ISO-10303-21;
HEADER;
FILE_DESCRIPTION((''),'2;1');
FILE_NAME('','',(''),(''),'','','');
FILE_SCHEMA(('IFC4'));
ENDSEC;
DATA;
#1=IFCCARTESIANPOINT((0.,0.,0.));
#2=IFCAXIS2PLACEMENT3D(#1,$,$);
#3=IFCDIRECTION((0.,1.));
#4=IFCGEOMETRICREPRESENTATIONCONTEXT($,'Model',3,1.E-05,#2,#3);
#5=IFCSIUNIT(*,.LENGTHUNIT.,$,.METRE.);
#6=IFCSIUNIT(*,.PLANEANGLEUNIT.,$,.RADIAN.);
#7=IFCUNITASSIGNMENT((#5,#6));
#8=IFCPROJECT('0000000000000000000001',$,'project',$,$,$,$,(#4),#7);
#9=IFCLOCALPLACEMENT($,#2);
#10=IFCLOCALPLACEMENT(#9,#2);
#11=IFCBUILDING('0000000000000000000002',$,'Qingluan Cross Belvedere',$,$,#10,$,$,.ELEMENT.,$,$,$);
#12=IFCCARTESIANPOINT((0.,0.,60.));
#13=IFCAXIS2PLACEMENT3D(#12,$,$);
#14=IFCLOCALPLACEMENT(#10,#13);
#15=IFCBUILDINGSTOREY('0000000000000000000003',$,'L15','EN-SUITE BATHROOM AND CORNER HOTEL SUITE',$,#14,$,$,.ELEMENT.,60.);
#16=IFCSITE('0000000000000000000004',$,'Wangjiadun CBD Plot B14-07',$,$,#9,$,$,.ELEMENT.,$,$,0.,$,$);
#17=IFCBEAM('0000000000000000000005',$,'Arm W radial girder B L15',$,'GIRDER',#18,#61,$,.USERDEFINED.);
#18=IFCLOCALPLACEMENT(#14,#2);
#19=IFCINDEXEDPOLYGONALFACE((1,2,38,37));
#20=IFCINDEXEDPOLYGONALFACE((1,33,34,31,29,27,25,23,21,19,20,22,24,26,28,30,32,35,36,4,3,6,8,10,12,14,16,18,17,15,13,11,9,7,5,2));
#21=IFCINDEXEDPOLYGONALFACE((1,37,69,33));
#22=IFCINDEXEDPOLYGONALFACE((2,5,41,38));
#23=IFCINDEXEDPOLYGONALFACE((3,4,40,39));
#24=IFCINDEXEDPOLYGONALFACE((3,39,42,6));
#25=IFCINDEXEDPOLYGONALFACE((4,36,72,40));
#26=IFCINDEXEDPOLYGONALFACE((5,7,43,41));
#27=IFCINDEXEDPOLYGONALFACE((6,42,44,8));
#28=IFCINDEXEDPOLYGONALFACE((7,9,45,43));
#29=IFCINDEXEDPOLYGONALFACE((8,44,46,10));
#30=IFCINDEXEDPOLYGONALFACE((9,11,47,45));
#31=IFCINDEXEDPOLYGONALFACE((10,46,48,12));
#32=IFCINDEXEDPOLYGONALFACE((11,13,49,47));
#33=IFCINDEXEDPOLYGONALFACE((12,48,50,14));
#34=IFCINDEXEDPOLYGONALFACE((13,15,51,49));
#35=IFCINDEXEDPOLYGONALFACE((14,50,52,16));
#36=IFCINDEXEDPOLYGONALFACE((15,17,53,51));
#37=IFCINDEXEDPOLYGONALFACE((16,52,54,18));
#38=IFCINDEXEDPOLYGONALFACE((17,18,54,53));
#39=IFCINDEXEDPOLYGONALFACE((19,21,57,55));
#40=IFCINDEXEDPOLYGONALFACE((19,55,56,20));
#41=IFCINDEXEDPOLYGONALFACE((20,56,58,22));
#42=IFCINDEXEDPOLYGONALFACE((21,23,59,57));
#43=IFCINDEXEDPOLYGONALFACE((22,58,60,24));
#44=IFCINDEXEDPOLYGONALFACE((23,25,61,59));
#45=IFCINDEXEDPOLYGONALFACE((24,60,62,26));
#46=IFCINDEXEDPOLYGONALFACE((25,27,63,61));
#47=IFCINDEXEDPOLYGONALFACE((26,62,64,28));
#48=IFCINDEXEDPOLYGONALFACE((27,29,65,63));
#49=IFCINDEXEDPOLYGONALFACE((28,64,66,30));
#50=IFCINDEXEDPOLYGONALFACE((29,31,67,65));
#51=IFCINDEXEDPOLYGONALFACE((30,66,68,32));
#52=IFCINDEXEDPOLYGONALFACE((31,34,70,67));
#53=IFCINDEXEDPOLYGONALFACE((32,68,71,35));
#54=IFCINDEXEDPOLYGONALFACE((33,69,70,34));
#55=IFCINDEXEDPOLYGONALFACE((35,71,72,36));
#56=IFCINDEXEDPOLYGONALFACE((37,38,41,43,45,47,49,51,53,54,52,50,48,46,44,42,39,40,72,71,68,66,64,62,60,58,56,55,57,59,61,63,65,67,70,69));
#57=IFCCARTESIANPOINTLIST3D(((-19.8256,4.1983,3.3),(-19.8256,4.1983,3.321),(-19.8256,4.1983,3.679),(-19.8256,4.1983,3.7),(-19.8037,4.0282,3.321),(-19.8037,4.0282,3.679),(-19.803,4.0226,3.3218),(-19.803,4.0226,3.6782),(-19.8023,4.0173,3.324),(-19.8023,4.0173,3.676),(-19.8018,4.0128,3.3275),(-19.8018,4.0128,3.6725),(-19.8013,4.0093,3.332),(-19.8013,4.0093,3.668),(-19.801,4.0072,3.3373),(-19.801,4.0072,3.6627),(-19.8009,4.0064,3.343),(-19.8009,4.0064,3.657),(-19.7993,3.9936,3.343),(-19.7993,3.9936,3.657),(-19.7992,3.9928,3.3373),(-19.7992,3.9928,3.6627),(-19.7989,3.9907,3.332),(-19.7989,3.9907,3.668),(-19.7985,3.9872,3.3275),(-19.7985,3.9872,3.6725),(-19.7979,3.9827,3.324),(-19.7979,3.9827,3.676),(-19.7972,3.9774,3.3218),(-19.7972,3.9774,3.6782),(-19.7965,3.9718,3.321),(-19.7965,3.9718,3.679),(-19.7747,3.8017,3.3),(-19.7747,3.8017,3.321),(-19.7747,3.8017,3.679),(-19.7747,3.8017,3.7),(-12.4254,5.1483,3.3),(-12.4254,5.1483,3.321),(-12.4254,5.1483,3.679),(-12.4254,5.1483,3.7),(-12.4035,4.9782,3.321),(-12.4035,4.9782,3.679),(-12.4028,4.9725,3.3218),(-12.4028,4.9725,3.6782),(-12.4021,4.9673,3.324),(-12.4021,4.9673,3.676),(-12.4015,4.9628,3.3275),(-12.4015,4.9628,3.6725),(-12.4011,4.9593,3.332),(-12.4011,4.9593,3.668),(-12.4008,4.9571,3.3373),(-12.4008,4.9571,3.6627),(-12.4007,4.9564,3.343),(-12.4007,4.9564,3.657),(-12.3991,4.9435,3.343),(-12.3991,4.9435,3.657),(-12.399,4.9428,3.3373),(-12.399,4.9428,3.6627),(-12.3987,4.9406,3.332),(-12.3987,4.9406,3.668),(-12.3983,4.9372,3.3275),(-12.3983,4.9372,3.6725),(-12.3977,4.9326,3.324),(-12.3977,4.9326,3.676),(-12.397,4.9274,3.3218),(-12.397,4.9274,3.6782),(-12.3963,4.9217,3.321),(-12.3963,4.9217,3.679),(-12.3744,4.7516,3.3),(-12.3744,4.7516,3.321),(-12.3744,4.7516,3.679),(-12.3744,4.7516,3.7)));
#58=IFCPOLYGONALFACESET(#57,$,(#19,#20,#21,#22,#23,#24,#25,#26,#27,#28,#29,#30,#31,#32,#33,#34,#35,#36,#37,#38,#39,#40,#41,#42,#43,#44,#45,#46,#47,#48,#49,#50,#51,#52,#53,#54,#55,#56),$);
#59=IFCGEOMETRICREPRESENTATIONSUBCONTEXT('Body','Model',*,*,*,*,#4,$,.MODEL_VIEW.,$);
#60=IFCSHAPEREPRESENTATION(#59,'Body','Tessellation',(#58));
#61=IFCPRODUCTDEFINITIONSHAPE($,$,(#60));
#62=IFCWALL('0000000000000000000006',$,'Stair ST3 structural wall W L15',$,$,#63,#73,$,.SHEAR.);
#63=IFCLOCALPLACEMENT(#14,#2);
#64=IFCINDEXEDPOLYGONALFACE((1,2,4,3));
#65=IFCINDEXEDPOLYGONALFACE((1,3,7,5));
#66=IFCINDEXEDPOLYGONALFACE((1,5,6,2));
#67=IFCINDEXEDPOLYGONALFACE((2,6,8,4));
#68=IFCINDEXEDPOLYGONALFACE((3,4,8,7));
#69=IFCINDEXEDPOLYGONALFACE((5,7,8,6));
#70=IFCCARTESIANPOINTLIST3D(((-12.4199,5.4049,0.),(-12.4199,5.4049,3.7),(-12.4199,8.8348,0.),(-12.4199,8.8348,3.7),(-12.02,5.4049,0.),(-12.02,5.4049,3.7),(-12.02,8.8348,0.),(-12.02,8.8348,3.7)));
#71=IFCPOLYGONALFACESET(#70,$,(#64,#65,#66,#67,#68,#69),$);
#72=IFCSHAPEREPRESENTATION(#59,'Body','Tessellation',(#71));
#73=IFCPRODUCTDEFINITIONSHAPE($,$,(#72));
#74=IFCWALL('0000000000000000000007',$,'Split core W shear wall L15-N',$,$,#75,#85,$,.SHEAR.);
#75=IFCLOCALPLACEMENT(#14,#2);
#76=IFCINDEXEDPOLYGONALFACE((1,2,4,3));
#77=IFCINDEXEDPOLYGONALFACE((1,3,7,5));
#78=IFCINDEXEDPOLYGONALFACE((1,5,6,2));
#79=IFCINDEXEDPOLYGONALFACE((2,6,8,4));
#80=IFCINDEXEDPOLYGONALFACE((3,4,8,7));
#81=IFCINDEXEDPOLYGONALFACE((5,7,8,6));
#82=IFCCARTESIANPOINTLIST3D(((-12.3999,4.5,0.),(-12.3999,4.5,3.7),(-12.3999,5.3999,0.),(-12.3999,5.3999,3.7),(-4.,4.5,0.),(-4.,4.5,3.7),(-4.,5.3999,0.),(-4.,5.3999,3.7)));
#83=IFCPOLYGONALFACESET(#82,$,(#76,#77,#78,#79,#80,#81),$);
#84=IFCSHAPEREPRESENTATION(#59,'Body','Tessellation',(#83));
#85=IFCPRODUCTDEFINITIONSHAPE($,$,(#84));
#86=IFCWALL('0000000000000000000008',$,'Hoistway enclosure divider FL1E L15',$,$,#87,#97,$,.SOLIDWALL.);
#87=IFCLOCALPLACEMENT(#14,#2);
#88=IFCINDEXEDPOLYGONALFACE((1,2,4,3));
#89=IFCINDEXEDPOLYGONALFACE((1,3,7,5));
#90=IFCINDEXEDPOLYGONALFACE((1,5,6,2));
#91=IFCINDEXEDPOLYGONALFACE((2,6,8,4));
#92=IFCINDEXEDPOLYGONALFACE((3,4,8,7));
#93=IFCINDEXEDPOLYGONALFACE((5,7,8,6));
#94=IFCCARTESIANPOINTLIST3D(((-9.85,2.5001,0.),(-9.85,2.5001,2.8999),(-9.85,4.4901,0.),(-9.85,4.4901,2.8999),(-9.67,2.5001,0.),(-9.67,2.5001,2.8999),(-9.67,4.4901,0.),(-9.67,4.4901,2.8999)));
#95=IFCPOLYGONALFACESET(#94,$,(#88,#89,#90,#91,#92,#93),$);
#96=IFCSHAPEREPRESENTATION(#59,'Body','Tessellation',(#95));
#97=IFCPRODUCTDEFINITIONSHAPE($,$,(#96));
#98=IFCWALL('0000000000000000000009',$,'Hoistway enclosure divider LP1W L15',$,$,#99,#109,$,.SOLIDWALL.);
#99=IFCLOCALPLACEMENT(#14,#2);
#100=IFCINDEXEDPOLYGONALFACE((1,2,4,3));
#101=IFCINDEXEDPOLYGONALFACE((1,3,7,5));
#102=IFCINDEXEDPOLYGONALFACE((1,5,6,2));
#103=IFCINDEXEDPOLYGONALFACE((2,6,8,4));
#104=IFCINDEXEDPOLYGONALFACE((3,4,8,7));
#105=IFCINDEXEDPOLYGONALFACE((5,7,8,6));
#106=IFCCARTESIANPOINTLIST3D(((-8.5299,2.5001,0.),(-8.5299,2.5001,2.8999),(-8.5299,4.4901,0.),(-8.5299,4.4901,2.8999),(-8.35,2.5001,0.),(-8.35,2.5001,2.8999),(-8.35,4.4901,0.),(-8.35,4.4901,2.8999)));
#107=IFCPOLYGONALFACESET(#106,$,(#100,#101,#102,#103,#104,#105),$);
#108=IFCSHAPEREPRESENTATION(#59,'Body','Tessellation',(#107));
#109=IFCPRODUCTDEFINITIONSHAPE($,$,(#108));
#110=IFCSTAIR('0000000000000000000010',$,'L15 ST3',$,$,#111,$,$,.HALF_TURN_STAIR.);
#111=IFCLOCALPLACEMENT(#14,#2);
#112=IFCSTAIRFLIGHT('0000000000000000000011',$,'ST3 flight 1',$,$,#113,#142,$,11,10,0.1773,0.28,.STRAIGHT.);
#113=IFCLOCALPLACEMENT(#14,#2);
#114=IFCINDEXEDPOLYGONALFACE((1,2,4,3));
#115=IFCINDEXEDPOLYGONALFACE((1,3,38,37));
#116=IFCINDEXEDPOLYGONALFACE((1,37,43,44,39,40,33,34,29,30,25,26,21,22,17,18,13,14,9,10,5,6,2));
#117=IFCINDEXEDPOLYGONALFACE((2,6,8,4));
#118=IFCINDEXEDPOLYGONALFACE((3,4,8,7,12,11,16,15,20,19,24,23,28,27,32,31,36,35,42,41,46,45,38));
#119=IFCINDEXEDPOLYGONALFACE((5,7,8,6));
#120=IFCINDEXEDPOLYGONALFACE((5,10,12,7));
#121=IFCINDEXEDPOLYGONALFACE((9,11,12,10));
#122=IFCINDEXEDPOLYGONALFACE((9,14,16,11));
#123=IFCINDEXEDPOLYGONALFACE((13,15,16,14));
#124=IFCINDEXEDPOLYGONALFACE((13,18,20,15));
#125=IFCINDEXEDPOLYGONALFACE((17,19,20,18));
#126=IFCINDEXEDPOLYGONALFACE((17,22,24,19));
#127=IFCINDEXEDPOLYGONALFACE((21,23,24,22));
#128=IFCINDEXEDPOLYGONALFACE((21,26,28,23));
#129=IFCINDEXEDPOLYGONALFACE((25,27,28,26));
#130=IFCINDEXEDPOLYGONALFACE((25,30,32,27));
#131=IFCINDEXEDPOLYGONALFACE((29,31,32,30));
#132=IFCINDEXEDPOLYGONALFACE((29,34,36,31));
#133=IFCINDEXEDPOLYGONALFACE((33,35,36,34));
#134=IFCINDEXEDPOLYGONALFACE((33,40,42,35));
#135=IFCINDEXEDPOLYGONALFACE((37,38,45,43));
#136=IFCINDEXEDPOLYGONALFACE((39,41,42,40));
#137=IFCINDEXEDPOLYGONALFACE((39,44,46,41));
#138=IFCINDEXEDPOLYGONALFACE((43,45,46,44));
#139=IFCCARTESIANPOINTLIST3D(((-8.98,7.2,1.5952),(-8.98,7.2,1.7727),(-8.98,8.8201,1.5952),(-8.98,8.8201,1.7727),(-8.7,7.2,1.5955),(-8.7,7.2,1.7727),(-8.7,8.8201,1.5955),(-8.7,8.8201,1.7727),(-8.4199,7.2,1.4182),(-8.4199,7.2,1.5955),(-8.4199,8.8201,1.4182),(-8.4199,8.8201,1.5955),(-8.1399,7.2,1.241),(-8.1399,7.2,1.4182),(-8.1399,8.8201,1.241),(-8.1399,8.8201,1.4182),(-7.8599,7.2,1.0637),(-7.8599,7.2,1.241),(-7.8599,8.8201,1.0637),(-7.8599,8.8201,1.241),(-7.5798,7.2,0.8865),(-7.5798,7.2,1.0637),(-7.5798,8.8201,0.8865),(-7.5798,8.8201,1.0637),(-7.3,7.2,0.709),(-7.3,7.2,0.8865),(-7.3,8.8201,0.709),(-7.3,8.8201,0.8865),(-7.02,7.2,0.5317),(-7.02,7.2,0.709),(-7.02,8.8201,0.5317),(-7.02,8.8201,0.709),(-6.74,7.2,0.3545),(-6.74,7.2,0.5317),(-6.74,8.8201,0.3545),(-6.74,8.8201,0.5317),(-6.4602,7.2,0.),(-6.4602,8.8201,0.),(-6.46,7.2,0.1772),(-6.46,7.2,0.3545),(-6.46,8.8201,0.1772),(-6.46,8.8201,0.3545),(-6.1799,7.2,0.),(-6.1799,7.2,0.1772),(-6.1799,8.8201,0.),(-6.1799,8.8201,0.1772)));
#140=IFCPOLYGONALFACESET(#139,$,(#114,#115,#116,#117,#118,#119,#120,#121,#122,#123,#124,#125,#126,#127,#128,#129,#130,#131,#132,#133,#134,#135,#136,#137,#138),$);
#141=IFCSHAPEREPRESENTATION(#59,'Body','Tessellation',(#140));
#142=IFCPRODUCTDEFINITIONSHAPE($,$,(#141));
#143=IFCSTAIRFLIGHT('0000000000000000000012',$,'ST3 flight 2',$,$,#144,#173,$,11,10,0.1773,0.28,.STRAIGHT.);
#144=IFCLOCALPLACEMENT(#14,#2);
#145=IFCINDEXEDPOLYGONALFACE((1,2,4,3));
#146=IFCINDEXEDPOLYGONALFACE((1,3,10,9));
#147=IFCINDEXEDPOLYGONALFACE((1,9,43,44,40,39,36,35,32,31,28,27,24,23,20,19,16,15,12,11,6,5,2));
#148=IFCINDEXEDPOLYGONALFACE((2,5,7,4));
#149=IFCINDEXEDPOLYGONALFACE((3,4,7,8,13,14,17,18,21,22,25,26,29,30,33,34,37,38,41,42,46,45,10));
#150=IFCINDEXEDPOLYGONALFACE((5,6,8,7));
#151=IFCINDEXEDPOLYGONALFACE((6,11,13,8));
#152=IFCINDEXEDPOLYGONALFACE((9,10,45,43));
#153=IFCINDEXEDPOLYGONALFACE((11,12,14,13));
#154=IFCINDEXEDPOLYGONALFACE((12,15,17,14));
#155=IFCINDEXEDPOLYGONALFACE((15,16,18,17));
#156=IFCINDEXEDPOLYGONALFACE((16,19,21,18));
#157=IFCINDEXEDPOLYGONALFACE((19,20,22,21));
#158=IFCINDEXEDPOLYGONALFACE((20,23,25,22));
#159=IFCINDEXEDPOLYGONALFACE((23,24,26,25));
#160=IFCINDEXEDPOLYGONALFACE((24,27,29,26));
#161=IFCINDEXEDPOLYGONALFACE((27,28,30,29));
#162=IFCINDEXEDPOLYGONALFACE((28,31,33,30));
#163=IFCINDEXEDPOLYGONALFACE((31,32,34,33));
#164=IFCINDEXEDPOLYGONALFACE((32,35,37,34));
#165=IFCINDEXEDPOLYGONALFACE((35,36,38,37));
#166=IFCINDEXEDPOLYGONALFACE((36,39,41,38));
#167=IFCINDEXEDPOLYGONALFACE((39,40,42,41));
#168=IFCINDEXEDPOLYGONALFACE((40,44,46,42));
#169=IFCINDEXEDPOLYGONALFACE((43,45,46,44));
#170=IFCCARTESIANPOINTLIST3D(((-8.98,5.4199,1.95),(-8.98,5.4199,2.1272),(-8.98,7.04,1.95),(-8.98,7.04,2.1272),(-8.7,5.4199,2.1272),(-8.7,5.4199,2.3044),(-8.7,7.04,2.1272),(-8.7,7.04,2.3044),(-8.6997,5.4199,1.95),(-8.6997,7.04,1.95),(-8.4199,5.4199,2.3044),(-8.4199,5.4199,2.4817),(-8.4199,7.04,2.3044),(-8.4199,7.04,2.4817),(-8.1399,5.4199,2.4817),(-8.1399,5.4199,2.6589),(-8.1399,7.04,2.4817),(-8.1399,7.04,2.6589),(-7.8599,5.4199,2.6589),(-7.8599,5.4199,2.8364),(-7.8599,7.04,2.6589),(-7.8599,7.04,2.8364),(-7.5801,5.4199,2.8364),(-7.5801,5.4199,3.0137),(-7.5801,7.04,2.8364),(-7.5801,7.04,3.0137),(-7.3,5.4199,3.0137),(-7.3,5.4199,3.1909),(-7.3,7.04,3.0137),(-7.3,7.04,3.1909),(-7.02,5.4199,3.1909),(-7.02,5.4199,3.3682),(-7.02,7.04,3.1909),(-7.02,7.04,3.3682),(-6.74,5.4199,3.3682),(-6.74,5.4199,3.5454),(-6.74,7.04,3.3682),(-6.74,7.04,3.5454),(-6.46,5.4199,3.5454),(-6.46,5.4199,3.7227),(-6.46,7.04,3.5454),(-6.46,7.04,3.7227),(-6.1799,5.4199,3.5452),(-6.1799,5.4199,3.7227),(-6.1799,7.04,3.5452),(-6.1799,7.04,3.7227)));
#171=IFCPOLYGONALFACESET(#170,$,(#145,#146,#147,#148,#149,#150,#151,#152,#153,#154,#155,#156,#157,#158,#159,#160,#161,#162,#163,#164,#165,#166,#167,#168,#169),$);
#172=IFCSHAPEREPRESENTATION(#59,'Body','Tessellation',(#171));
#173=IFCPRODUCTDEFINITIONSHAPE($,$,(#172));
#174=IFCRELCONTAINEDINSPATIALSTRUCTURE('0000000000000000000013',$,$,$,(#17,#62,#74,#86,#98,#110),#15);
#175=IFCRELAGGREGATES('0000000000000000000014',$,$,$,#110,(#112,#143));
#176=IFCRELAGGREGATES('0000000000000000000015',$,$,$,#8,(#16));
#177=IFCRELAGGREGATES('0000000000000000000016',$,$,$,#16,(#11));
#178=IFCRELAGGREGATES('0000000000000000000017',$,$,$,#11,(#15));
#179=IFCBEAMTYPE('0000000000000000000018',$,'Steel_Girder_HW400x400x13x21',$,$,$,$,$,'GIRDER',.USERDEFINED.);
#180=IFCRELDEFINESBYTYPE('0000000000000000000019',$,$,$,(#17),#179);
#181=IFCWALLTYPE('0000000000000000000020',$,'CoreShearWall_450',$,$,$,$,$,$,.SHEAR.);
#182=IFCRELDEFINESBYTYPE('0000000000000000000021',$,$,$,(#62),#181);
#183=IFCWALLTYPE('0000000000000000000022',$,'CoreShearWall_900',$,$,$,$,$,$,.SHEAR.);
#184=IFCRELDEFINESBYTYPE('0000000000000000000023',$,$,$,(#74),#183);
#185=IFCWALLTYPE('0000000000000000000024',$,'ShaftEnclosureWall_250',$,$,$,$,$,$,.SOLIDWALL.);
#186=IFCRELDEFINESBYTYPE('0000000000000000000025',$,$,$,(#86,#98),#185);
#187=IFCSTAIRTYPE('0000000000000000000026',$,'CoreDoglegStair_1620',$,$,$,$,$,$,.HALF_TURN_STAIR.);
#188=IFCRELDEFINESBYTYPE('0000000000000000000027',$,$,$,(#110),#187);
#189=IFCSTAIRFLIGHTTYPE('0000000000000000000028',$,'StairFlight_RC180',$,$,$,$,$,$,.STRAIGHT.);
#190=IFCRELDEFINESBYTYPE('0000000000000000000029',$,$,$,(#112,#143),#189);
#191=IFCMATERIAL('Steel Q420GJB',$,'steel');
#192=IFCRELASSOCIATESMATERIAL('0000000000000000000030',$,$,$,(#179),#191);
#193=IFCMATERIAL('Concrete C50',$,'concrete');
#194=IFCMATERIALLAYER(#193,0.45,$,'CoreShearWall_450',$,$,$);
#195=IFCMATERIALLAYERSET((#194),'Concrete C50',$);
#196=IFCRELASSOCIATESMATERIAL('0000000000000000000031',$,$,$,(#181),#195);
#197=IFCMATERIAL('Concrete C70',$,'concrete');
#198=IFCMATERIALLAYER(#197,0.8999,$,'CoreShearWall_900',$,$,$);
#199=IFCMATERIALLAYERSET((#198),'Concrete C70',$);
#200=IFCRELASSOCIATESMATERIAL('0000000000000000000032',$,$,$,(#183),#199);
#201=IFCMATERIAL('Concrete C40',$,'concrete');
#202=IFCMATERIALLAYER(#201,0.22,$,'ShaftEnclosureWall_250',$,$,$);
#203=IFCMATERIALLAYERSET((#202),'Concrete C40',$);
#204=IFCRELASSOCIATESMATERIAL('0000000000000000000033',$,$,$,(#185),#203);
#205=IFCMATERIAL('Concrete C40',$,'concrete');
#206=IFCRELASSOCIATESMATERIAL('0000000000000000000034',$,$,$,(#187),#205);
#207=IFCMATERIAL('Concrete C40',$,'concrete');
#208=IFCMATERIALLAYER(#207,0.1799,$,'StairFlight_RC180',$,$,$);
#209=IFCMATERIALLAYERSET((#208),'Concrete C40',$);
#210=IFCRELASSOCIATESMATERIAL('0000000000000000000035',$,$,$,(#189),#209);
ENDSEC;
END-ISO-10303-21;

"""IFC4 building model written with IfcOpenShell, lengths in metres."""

from ifc_helpers import new_model, si_unit, direction, frame, frame_2d, origin, origin_2d, place, context, subcontext, project, spatial, polyline, rectangle, i_section, outline, extrude, material, layer, layer_set, material_profile, profile_set, type_object, element, aggregate, save


model = new_model("IFC4")

# Units and contexts
model_context = context("Model", 3, precision=1e-05, world=origin(), true_north=direction((0.0, 1.0)))
body_context = subcontext(model_context, "Body", "Model", "MODEL_VIEW")
ifc_project = project(units=[si_unit("LENGTHUNIT", "METRE"), si_unit("PLANEANGLEUNIT", "RADIAN")], contexts=[model_context])

# Site, building, storey
site_placement = place(None, origin())
site = spatial("IfcSite", under=ifc_project, at=site_placement, Name="Wangjiadun CBD Plot B14-07", CompositionType="ELEMENT", RefElevation=0.0)
building_placement = place(site_placement, origin())
building = spatial("IfcBuilding", under=site, at=building_placement, Name="Qingluan Cross Belvedere", CompositionType="ELEMENT")
storey_placement = place(building_placement, frame((0.0, 0.0, 60.0)))
storey = spatial("IfcBuildingStorey", under=building, at=storey_placement, Name="L15", Description="EN-SUITE BATHROOM AND CORNER HOTEL SUITE", CompositionType="ELEMENT", Elevation=60.0)

# Beam
ifc_material_1 = material(Name="Steel Q420GJB", Category="steel")
ifc_material_profile_1 = material_profile(ifc_material_1, i_section(OverallWidth=0.3999, OverallDepth=0.3999, WebThickness=0.0129, FlangeThickness=0.021, FilletRadius=0.022, at=origin_2d()), Name="HW400x400x13x21")
ifc_profile_set_1 = profile_set([ifc_material_profile_1], Name="Steel Q420GJB")
beam_type_1 = type_object("IfcBeamType", Name="Steel_Girder_HW400x400x13x21", ElementType="GIRDER", PredefinedType="USERDEFINED", material=ifc_profile_set_1)
beam_1_placement = place(storey_placement, frame((-12.3999, 4.95, 3.5), z_axis=(-0.991861, -0.127324, 0.0), x_axis=(0.127324, -0.991861, 0.0)))
element("IfcBeam", 1, at=beam_1_placement, inside=storey, type_object=beam_type_1, Name="Arm W radial girder B L15", ObjectType="GIRDER", PredefinedType="USERDEFINED", context=body_context, shape_type="SweptSolid", body=[
    extrude(i_section(OverallWidth=0.3999, OverallDepth=0.3999, WebThickness=0.0129, FlangeThickness=0.021, FilletRadius=0.022, at=origin_2d()), origin(), (0.0, 0.0, 1.0), 7.4609),
])

# Wall
ifc_material_2 = material(Name="Concrete C50", Category="concrete")
ifc_layer_1 = layer(ifc_material_2, 0.45, Name="CoreShearWall_450")
ifc_layer_set_1 = layer_set([ifc_layer_1], Name="Concrete C50")
wall_type_1 = type_object("IfcWallType", Name="CoreShearWall_450", PredefinedType="SHEAR", material=ifc_layer_set_1)
wall_1_placement = place(storey_placement, frame((-12.22, 5.405, 0.0), z_axis=(0.0, 0.0, 1.0), x_axis=(0.0, 1.0, 0.0)))
element("IfcWall", 2, at=wall_1_placement, inside=storey, type_object=wall_type_1, Name="Stair ST3 structural wall W L15", PredefinedType="SHEAR", context=body_context, shape_type="SweptSolid", body=[
    extrude(rectangle(XDim=3.4299, YDim=0.3999, at=frame_2d((1.7148, 0.0))), origin(), (0.0, 0.0, 1.0), 3.7),
])

# Wall
ifc_material_3 = material(Name="Concrete C70", Category="concrete")
ifc_layer_2 = layer(ifc_material_3, 0.8999, Name="CoreShearWall_900")
ifc_layer_set_2 = layer_set([ifc_layer_2], Name="Concrete C70")
wall_type_2 = type_object("IfcWallType", Name="CoreShearWall_900", PredefinedType="SHEAR", material=ifc_layer_set_2)
wall_2_placement = place(storey_placement, frame((-12.3999, 4.95, 0.0), z_axis=(0.0, 0.0, 1.0), x_axis=(1.0, 0.0, 0.0)))
element("IfcWall", 3, at=wall_2_placement, inside=storey, type_object=wall_type_2, Name="Split core W shear wall L15-N", PredefinedType="SHEAR", context=body_context, shape_type="SweptSolid", body=[
    extrude(rectangle(XDim=8.3999, YDim=0.8999, at=frame_2d((4.2, 0.0))), origin(), (0.0, 0.0, 1.0), 3.7),
])

# Shared definitions
ifc_material_4 = material(Name="Concrete C40", Category="concrete")
ifc_layer_3 = layer(ifc_material_4, 0.22, Name="ShaftEnclosureWall_250")
ifc_layer_set_3 = layer_set([ifc_layer_3], Name="Concrete C40")
wall_type_3 = type_object("IfcWallType", Name="ShaftEnclosureWall_250", PredefinedType="SOLIDWALL", material=ifc_layer_set_3)

# Walls
for number, where, z_axis, x_axis, name in (
    (4, (-9.76, 2.5, 0.0), (0.0, 0.0, 1.0), (0.0, 1.0, 0.0), "Hoistway enclosure divider FL1E L15"),
    (5, (-8.4399, 2.5, 0.0), (0.0, 0.0, 1.0), (0.0, 1.0, 0.0), "Hoistway enclosure divider LP1W L15"),
):
    element("IfcWall", number, at=place(storey_placement, frame(where, z_axis=z_axis, x_axis=x_axis)), inside=storey, type_object=wall_type_3, Name=name, PredefinedType="SOLIDWALL", context=body_context, shape_type="SweptSolid", body=[
        extrude(rectangle(XDim=1.99, YDim=0.1799, at=frame_2d((0.9951, 0.0))), origin(), (0.0, 0.0, 1.0), 2.8999),
    ])

# Stair, stair flights
ifc_material_5 = material(Name="Concrete C40", Category="concrete")
stair_type = type_object("IfcStairType", Name="CoreDoglegStair_1620", PredefinedType="HALF_TURN_STAIR", material=ifc_material_5)
stair_placement = place(storey_placement, origin())
stair = element("IfcStair", 6, at=stair_placement, inside=storey, type_object=stair_type, Name="L15 ST3", PredefinedType="HALF_TURN_STAIR")
ifc_material_6 = material(Name="Concrete C40", Category="concrete")
ifc_layer_4 = layer(ifc_material_6, 0.1799, Name="StairFlight_RC180")
ifc_layer_set_4 = layer_set([ifc_layer_4], Name="Concrete C40")
stair_flight_type = type_object("IfcStairFlightType", Name="StairFlight_RC180", PredefinedType="STRAIGHT", material=ifc_layer_set_4)
stair_flight_1_placement = place(storey_placement, frame((-6.1799, 8.01, 0.0), z_axis=(0.0, 0.0, 1.0), x_axis=(-1.0, 0.0, 0.0)))
stair_flight_1 = element("IfcStairFlight", 7, at=stair_flight_1_placement, type_object=stair_flight_type, Name="ST3 flight 1", NumberOfRisers=11, NumberOfTreads=10, PredefinedType="STRAIGHT", RiserHeight=0.1773, TreadLength=0.28, context=body_context, shape_type="SweptSolid", body=[
    extrude(outline(polyline([(0.0, 0.0), (0.0, 0.1772), (0.28, 0.1772), (0.28, 0.3545), (0.5601, 0.3545), (0.5601, 0.5317), (0.8401, 0.5317), (0.8401, 0.709), (1.1201, 0.709), (1.1201, 0.8865), (1.3999, 0.8865), (1.3999, 1.0637), (1.6799, 1.0637), (1.6799, 1.241), (1.96, 1.241), (1.96, 1.4182), (2.24, 1.4182), (2.24, 1.5955), (2.52, 1.5955), (2.52, 1.7727), (2.8, 1.7727), (2.8, 1.95), (2.8, 1.5952), (0.2803, 0.0), (0.0, 0.0)])), frame((0.0, 0.8101, 0.0), z_axis=(0.0, -1.0, 0.0), x_axis=(1.0, 0.0, 0.0)), (0.0, 0.0, 1.0), 1.6201),
])
stair_flight_2_placement = place(storey_placement, frame((-8.98, 6.23, 1.95), z_axis=(0.0, 0.0, 1.0), x_axis=(1.0, 0.0, 0.0)))
stair_flight_2 = element("IfcStairFlight", 8, at=stair_flight_2_placement, type_object=stair_flight_type, Name="ST3 flight 2", NumberOfRisers=11, NumberOfTreads=10, PredefinedType="STRAIGHT", RiserHeight=0.1773, TreadLength=0.28, context=body_context, shape_type="SweptSolid", body=[
    extrude(outline(polyline([(0.0, 0.0), (0.0, 0.1772), (0.28, 0.1772), (0.28, 0.3545), (0.5601, 0.3545), (0.5601, 0.5317), (0.8401, 0.5317), (0.8401, 0.709), (1.1201, 0.709), (1.1201, 0.8865), (1.3999, 0.8865), (1.3999, 1.0637), (1.6799, 1.0637), (1.6799, 1.241), (1.96, 1.241), (1.96, 1.4182), (2.24, 1.4182), (2.24, 1.5955), (2.52, 1.5955), (2.52, 1.7727), (2.8, 1.7727), (2.8, 1.95), (2.8, 1.5952), (0.2803, 0.0), (0.0, 0.0)])), frame((0.0, 0.8101, 0.0), z_axis=(0.0, -1.0, 0.0), x_axis=(1.0, 0.0, 0.0)), (0.0, 0.0, 1.0), 1.6201),
])
aggregate(stair, [stair_flight_1, stair_flight_2])

save(model, "model.ifc")
